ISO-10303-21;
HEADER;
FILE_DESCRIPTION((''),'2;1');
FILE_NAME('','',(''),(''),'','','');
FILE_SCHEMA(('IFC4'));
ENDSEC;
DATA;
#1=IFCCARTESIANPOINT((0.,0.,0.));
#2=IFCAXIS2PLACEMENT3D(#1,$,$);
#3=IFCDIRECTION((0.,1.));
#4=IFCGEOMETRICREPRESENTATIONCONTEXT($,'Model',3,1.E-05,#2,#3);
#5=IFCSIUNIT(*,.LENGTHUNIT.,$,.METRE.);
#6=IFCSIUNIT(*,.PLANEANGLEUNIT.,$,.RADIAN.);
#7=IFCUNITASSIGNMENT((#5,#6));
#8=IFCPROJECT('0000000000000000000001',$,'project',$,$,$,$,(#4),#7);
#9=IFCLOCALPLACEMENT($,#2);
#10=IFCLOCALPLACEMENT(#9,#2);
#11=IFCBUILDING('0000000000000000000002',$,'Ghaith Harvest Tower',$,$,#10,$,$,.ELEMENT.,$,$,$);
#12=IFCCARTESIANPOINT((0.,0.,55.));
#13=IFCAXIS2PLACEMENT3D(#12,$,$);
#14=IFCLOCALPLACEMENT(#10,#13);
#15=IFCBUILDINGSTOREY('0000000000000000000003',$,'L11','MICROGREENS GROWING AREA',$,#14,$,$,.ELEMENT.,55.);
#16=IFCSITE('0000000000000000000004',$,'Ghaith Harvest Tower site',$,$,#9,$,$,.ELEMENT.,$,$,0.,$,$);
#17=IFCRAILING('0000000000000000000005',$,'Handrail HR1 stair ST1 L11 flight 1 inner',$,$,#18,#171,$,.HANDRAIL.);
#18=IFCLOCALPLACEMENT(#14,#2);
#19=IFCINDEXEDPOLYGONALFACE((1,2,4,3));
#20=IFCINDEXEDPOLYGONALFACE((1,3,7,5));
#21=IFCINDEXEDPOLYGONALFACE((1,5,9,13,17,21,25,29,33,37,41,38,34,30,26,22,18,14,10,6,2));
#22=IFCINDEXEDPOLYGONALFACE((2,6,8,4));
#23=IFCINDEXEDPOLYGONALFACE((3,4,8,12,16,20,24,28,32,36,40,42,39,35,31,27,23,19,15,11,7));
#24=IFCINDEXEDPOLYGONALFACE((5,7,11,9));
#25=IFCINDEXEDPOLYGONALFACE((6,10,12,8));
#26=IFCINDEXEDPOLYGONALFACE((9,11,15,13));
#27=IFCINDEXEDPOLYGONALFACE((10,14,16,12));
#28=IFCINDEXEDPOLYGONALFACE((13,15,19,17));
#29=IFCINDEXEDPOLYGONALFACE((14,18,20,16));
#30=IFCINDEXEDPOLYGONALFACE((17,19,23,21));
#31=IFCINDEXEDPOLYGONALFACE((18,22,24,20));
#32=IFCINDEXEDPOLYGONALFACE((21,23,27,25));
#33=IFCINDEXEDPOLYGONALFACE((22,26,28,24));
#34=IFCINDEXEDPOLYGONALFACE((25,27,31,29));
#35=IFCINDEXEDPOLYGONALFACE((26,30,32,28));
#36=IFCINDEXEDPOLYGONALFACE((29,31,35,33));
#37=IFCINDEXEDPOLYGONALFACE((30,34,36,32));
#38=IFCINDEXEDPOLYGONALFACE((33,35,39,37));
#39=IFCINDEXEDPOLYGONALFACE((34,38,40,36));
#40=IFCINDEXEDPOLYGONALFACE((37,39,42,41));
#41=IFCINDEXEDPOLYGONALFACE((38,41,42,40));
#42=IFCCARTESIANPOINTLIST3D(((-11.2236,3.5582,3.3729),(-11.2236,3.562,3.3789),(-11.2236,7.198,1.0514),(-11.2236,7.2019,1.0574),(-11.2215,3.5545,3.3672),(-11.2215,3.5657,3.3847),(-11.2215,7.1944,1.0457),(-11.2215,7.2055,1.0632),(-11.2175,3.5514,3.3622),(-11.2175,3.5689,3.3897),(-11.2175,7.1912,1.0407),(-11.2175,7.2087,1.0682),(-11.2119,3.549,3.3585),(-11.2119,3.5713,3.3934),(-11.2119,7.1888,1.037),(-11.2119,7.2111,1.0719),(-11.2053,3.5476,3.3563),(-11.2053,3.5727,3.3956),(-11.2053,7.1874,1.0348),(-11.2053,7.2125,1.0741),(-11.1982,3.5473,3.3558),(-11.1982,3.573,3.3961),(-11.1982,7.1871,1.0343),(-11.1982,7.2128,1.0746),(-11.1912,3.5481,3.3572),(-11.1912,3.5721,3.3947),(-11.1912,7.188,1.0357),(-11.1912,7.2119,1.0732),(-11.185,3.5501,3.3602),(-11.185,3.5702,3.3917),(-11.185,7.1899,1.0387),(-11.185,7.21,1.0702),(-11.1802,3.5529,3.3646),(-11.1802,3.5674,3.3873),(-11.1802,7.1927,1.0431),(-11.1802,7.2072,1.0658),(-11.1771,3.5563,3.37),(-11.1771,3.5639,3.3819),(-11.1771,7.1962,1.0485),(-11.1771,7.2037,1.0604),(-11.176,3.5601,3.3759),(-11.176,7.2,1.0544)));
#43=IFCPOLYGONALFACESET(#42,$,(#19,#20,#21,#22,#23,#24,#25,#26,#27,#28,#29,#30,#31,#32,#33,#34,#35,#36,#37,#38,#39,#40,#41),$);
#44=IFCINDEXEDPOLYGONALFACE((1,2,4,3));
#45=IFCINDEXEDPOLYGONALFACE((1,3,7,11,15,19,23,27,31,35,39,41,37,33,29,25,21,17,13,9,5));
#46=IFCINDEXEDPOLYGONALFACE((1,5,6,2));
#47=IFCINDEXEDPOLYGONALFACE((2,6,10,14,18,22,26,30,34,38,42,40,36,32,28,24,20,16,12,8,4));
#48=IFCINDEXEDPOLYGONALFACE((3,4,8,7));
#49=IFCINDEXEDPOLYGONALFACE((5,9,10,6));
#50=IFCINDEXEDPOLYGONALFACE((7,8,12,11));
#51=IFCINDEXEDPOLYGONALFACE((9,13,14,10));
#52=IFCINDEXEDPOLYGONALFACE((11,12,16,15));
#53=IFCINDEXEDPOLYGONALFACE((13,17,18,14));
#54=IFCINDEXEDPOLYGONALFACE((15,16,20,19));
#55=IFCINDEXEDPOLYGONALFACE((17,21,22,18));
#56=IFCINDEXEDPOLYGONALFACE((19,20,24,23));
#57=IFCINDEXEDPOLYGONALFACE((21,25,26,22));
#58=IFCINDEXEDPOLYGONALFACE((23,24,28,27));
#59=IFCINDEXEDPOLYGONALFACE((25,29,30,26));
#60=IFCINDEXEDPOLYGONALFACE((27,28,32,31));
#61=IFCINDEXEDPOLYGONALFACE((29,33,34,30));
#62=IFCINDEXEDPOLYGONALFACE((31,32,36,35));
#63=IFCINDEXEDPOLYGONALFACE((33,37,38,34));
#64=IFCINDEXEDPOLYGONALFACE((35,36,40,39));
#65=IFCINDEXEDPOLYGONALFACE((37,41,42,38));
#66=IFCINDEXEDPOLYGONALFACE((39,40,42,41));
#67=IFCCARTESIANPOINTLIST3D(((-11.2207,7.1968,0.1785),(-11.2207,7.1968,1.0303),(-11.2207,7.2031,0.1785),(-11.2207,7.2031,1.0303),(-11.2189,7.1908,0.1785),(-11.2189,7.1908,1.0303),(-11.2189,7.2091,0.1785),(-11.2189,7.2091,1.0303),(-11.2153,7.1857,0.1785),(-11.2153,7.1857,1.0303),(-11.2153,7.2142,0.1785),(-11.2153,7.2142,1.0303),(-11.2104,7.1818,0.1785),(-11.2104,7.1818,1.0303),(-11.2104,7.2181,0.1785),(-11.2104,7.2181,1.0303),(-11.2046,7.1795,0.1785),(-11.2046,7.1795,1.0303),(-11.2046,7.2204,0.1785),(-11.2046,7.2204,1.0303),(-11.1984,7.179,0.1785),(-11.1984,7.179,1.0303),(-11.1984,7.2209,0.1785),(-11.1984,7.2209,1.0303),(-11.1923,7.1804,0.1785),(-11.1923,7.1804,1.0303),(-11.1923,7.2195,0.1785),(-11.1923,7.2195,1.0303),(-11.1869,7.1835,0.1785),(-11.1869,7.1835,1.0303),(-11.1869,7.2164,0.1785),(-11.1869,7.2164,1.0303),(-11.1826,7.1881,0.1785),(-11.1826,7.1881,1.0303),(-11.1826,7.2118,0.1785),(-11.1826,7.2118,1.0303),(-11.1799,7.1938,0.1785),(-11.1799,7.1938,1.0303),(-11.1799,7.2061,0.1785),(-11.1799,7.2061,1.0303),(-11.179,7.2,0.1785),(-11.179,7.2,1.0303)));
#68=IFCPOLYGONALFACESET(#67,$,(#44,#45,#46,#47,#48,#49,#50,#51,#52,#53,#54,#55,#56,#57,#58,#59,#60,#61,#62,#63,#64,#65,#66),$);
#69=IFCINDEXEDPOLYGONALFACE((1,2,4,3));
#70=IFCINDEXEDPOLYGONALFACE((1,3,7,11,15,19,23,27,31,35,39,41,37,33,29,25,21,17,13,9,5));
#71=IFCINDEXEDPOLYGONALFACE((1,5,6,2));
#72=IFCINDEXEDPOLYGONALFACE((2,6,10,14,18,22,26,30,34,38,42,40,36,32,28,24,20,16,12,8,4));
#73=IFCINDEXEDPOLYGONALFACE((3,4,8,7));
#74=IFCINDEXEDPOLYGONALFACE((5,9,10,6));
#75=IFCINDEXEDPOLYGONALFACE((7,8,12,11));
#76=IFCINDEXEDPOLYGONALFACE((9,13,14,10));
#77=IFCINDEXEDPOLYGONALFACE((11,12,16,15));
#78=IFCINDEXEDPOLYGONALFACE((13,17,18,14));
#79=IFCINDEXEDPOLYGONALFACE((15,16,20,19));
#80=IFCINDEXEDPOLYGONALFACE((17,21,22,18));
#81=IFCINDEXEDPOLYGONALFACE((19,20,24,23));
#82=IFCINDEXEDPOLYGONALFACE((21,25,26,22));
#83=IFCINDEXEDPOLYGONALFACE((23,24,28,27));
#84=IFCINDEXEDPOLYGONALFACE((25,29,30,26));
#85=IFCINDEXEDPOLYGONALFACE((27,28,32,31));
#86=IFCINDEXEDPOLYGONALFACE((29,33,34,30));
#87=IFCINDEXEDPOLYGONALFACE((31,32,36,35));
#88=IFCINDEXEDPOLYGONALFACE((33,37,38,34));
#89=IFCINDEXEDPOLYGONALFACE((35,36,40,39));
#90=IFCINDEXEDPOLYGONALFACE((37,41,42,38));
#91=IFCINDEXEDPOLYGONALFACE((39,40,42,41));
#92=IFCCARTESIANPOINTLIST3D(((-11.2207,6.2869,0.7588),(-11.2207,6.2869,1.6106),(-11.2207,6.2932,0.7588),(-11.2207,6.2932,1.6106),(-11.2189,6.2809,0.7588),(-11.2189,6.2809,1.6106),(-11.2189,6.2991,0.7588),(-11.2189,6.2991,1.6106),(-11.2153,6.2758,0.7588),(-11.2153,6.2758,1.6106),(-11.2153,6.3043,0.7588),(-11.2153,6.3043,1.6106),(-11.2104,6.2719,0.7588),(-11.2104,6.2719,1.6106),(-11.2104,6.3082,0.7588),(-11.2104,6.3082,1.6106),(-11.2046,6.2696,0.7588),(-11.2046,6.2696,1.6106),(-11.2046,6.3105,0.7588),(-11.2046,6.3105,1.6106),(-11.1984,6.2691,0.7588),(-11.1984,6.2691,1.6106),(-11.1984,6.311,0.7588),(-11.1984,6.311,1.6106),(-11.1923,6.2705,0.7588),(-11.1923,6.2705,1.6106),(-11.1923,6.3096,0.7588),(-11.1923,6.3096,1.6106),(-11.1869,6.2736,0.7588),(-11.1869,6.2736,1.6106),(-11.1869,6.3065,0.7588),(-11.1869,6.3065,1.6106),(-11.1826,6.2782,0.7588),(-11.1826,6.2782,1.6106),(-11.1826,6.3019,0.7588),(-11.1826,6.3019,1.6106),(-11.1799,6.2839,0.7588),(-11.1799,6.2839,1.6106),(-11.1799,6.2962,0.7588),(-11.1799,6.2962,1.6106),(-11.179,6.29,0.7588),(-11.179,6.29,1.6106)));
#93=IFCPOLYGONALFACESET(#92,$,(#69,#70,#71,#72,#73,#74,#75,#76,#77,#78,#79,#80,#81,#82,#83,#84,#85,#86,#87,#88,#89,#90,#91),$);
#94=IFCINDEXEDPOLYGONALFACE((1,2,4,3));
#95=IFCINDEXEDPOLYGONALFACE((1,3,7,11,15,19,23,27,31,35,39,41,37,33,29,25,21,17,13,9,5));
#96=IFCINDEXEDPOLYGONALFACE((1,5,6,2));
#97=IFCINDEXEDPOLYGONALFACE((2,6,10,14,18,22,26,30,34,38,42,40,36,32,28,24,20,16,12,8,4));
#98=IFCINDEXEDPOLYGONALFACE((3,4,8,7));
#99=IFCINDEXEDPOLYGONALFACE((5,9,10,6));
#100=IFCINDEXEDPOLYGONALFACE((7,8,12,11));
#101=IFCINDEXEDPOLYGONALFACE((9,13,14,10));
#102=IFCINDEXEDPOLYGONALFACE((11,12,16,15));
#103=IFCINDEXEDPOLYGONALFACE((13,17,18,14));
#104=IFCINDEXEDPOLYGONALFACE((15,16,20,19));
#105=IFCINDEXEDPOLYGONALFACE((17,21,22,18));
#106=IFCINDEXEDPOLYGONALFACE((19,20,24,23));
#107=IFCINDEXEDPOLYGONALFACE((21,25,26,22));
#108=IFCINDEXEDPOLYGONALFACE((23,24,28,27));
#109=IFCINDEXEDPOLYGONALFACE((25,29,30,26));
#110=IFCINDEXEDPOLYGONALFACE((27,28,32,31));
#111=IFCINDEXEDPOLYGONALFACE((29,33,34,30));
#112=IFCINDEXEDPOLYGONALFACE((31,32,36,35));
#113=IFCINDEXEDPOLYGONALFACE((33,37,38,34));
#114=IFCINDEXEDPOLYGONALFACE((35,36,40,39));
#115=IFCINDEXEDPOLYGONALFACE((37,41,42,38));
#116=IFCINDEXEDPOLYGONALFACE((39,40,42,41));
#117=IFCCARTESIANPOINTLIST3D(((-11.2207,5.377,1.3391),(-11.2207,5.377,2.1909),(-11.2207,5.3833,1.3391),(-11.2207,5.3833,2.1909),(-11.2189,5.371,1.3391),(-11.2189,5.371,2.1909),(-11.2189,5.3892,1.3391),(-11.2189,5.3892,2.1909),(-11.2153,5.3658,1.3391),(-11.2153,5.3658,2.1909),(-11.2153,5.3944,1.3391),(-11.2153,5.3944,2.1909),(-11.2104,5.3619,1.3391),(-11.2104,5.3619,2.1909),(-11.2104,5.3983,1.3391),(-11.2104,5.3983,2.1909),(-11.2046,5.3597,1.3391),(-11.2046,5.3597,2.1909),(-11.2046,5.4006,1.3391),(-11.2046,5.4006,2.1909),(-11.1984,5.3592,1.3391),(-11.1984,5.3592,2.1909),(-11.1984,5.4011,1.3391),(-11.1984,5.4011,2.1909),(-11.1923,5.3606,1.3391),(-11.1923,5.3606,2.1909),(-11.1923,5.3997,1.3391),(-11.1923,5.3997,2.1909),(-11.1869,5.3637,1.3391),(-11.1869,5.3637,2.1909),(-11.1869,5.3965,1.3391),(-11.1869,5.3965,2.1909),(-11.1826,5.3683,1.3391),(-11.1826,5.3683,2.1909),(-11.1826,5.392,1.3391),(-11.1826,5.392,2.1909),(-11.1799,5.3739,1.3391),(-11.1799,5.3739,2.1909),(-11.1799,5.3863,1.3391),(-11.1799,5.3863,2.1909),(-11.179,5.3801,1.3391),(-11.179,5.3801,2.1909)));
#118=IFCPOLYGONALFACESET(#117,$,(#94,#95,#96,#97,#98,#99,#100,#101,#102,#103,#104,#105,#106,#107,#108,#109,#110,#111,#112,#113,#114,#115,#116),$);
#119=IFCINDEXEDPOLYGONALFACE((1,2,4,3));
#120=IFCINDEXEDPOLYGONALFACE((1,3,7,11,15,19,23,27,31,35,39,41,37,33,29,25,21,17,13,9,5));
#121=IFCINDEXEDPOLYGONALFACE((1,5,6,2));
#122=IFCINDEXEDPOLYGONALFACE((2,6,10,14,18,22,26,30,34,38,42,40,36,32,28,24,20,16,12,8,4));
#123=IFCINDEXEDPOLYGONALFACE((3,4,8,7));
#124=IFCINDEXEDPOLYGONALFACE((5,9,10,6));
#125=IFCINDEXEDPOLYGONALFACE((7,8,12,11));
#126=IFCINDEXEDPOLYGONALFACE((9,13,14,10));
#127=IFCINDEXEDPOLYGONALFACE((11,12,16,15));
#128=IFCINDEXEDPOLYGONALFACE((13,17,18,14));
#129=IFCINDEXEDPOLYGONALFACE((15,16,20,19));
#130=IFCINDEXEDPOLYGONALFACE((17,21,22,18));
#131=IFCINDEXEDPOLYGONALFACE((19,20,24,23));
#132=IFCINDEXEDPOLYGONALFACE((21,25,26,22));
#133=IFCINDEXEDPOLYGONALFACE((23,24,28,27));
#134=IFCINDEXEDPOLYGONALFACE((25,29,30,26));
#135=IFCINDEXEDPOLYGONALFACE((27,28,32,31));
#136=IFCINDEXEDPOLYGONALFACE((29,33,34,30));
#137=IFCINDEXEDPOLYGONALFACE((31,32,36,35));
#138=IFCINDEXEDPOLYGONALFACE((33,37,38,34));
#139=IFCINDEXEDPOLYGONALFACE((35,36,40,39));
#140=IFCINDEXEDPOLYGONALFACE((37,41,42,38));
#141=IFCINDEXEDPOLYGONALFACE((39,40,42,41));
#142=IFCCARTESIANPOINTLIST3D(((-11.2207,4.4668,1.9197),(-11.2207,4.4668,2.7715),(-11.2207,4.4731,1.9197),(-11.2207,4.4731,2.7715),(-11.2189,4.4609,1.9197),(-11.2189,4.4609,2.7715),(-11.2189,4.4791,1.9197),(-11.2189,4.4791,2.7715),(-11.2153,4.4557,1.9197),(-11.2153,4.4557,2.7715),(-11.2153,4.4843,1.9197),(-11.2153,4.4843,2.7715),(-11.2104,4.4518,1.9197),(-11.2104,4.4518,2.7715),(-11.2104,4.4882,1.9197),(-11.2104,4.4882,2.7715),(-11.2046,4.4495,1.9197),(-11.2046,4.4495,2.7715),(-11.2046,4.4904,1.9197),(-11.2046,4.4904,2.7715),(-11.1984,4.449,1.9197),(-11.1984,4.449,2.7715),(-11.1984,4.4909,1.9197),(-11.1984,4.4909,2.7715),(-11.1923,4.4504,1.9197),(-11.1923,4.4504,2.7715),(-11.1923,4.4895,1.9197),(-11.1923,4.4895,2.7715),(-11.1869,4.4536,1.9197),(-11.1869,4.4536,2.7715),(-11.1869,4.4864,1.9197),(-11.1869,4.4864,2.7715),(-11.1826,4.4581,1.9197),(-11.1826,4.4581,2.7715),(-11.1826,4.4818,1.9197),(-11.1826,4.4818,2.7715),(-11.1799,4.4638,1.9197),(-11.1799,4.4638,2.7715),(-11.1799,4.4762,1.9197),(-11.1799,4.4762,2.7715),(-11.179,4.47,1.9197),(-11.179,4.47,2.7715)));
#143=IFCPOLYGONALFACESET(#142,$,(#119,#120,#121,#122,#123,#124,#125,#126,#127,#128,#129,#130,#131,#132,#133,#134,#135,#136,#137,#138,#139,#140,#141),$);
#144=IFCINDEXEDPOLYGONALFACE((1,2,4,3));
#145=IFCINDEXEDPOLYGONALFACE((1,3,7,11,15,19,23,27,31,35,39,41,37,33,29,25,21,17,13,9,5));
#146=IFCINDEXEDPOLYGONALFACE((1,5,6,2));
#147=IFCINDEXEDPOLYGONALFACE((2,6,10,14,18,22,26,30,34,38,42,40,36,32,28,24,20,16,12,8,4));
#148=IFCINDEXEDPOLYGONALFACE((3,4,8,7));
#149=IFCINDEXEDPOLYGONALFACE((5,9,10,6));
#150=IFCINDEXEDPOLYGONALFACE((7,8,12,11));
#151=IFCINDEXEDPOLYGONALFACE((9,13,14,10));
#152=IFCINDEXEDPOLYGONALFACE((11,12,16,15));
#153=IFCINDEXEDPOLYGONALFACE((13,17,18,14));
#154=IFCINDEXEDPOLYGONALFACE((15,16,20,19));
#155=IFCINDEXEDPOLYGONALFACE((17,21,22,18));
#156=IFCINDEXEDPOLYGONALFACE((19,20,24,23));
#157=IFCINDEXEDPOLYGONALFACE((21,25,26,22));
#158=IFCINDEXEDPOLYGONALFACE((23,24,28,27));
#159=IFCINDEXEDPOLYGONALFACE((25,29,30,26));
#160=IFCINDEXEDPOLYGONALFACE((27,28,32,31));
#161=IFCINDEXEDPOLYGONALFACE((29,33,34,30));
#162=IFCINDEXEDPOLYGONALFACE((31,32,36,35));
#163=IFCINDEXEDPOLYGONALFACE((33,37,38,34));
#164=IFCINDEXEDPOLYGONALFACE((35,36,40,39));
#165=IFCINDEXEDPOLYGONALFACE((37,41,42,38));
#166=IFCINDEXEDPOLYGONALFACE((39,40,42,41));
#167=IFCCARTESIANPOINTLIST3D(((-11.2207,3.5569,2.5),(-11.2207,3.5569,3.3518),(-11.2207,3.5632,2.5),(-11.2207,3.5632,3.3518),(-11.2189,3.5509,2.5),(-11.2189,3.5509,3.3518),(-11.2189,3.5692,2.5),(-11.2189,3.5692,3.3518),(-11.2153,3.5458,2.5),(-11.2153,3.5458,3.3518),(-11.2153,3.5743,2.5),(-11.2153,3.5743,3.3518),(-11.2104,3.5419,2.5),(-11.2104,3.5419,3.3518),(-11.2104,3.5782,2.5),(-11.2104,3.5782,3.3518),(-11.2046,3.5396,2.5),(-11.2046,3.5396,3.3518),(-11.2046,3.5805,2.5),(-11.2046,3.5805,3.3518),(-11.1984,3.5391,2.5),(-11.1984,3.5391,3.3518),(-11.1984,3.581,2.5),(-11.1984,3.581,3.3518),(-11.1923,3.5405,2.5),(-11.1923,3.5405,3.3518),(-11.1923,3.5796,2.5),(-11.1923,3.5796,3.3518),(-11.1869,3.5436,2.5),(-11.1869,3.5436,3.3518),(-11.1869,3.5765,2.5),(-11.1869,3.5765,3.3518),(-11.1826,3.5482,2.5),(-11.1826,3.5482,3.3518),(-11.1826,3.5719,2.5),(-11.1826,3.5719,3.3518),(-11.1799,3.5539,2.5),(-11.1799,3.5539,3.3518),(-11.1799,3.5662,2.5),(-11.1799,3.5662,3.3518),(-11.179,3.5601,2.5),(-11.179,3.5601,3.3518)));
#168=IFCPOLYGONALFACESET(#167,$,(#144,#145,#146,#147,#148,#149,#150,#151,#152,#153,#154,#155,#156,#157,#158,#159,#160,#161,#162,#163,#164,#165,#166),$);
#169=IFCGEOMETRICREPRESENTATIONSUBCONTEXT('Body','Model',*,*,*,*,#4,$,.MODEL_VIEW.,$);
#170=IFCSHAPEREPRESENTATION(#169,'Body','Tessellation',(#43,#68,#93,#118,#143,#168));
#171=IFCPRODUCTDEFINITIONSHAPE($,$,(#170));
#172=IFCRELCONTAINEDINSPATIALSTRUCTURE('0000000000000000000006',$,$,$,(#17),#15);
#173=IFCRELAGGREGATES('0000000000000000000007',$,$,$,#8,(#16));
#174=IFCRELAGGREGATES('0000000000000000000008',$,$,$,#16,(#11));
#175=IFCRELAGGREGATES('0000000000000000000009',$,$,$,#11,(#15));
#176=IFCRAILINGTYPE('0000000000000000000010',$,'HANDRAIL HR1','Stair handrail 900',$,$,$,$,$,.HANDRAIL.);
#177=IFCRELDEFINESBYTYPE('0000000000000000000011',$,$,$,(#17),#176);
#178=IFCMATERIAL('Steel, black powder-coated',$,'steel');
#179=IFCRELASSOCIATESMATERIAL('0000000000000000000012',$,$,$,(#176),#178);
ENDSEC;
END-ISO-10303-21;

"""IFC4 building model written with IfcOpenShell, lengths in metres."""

from ifc_helpers import new_model, si_unit, direction, frame, origin, origin_2d, place, context, subcontext, project, spatial, circle, extrude, material, type_object, element, save


model = new_model("IFC4")

# Units and contexts
model_context = context("Model", 3, precision=1e-05, world=origin(), true_north=direction((0.0, 1.0)))
body_context = subcontext(model_context, "Body", "Model", "MODEL_VIEW")
ifc_project = project(units=[si_unit("LENGTHUNIT", "METRE"), si_unit("PLANEANGLEUNIT", "RADIAN")], contexts=[model_context])

# Site, building, storey
site_placement = place(None, origin())
site = spatial("IfcSite", under=ifc_project, at=site_placement, Name="Ghaith Harvest Tower site", CompositionType="ELEMENT", RefElevation=0.0)
building_placement = place(site_placement, origin())
building = spatial("IfcBuilding", under=site, at=building_placement, Name="Ghaith Harvest Tower", CompositionType="ELEMENT")
storey_placement = place(building_placement, frame((0.0, 0.0, 55.0)))
storey = spatial("IfcBuildingStorey", under=building, at=storey_placement, Name="L11", Description="MICROGREENS GROWING AREA", CompositionType="ELEMENT", Elevation=55.0)

# Railing
ifc_material_1 = material(Name="Steel, black powder-coated", Category="steel")
railing_type = type_object("IfcRailingType", Name="HANDRAIL HR1", Description="Stair handrail 900", PredefinedType="HANDRAIL", material=ifc_material_1)
railing_1_placement = place(storey_placement, frame((-11.2, 7.2, 0.1785)))
element("IfcRailing", 1, at=railing_1_placement, inside=storey, type_object=railing_type, Name="Handrail HR1 stair ST1 L11 flight 1 inner", PredefinedType="HANDRAIL", context=body_context, shape_type="SweptSolid", body=[
    extrude(circle(Radius=0.0239, at=origin_2d()), frame((0.0, 0.0, 0.876), z_axis=(0.0, -0.843112, 0.537739), x_axis=(1.0, 0.0, 0.0)), (0.0, 0.0, 1.0), 4.3171),
    extrude(circle(Radius=0.021, at=origin_2d()), origin(), (0.0, 0.0, 1.0), 0.8518),
    extrude(circle(Radius=0.021, at=origin_2d()), frame((0.0, -0.9099, 0.5803)), (0.0, 0.0, 1.0), 0.8518),
    extrude(circle(Radius=0.021, at=origin_2d()), frame((0.0, -1.8198, 1.1606)), (0.0, 0.0, 1.0), 0.8518),
    extrude(circle(Radius=0.021, at=origin_2d()), frame((0.0, -2.73, 1.7412)), (0.0, 0.0, 1.0), 0.8518),
    extrude(circle(Radius=0.021, at=origin_2d()), frame((0.0, -3.6399, 2.3215)), (0.0, 0.0, 1.0), 0.8518),
])

save(model, "model.ifc")
